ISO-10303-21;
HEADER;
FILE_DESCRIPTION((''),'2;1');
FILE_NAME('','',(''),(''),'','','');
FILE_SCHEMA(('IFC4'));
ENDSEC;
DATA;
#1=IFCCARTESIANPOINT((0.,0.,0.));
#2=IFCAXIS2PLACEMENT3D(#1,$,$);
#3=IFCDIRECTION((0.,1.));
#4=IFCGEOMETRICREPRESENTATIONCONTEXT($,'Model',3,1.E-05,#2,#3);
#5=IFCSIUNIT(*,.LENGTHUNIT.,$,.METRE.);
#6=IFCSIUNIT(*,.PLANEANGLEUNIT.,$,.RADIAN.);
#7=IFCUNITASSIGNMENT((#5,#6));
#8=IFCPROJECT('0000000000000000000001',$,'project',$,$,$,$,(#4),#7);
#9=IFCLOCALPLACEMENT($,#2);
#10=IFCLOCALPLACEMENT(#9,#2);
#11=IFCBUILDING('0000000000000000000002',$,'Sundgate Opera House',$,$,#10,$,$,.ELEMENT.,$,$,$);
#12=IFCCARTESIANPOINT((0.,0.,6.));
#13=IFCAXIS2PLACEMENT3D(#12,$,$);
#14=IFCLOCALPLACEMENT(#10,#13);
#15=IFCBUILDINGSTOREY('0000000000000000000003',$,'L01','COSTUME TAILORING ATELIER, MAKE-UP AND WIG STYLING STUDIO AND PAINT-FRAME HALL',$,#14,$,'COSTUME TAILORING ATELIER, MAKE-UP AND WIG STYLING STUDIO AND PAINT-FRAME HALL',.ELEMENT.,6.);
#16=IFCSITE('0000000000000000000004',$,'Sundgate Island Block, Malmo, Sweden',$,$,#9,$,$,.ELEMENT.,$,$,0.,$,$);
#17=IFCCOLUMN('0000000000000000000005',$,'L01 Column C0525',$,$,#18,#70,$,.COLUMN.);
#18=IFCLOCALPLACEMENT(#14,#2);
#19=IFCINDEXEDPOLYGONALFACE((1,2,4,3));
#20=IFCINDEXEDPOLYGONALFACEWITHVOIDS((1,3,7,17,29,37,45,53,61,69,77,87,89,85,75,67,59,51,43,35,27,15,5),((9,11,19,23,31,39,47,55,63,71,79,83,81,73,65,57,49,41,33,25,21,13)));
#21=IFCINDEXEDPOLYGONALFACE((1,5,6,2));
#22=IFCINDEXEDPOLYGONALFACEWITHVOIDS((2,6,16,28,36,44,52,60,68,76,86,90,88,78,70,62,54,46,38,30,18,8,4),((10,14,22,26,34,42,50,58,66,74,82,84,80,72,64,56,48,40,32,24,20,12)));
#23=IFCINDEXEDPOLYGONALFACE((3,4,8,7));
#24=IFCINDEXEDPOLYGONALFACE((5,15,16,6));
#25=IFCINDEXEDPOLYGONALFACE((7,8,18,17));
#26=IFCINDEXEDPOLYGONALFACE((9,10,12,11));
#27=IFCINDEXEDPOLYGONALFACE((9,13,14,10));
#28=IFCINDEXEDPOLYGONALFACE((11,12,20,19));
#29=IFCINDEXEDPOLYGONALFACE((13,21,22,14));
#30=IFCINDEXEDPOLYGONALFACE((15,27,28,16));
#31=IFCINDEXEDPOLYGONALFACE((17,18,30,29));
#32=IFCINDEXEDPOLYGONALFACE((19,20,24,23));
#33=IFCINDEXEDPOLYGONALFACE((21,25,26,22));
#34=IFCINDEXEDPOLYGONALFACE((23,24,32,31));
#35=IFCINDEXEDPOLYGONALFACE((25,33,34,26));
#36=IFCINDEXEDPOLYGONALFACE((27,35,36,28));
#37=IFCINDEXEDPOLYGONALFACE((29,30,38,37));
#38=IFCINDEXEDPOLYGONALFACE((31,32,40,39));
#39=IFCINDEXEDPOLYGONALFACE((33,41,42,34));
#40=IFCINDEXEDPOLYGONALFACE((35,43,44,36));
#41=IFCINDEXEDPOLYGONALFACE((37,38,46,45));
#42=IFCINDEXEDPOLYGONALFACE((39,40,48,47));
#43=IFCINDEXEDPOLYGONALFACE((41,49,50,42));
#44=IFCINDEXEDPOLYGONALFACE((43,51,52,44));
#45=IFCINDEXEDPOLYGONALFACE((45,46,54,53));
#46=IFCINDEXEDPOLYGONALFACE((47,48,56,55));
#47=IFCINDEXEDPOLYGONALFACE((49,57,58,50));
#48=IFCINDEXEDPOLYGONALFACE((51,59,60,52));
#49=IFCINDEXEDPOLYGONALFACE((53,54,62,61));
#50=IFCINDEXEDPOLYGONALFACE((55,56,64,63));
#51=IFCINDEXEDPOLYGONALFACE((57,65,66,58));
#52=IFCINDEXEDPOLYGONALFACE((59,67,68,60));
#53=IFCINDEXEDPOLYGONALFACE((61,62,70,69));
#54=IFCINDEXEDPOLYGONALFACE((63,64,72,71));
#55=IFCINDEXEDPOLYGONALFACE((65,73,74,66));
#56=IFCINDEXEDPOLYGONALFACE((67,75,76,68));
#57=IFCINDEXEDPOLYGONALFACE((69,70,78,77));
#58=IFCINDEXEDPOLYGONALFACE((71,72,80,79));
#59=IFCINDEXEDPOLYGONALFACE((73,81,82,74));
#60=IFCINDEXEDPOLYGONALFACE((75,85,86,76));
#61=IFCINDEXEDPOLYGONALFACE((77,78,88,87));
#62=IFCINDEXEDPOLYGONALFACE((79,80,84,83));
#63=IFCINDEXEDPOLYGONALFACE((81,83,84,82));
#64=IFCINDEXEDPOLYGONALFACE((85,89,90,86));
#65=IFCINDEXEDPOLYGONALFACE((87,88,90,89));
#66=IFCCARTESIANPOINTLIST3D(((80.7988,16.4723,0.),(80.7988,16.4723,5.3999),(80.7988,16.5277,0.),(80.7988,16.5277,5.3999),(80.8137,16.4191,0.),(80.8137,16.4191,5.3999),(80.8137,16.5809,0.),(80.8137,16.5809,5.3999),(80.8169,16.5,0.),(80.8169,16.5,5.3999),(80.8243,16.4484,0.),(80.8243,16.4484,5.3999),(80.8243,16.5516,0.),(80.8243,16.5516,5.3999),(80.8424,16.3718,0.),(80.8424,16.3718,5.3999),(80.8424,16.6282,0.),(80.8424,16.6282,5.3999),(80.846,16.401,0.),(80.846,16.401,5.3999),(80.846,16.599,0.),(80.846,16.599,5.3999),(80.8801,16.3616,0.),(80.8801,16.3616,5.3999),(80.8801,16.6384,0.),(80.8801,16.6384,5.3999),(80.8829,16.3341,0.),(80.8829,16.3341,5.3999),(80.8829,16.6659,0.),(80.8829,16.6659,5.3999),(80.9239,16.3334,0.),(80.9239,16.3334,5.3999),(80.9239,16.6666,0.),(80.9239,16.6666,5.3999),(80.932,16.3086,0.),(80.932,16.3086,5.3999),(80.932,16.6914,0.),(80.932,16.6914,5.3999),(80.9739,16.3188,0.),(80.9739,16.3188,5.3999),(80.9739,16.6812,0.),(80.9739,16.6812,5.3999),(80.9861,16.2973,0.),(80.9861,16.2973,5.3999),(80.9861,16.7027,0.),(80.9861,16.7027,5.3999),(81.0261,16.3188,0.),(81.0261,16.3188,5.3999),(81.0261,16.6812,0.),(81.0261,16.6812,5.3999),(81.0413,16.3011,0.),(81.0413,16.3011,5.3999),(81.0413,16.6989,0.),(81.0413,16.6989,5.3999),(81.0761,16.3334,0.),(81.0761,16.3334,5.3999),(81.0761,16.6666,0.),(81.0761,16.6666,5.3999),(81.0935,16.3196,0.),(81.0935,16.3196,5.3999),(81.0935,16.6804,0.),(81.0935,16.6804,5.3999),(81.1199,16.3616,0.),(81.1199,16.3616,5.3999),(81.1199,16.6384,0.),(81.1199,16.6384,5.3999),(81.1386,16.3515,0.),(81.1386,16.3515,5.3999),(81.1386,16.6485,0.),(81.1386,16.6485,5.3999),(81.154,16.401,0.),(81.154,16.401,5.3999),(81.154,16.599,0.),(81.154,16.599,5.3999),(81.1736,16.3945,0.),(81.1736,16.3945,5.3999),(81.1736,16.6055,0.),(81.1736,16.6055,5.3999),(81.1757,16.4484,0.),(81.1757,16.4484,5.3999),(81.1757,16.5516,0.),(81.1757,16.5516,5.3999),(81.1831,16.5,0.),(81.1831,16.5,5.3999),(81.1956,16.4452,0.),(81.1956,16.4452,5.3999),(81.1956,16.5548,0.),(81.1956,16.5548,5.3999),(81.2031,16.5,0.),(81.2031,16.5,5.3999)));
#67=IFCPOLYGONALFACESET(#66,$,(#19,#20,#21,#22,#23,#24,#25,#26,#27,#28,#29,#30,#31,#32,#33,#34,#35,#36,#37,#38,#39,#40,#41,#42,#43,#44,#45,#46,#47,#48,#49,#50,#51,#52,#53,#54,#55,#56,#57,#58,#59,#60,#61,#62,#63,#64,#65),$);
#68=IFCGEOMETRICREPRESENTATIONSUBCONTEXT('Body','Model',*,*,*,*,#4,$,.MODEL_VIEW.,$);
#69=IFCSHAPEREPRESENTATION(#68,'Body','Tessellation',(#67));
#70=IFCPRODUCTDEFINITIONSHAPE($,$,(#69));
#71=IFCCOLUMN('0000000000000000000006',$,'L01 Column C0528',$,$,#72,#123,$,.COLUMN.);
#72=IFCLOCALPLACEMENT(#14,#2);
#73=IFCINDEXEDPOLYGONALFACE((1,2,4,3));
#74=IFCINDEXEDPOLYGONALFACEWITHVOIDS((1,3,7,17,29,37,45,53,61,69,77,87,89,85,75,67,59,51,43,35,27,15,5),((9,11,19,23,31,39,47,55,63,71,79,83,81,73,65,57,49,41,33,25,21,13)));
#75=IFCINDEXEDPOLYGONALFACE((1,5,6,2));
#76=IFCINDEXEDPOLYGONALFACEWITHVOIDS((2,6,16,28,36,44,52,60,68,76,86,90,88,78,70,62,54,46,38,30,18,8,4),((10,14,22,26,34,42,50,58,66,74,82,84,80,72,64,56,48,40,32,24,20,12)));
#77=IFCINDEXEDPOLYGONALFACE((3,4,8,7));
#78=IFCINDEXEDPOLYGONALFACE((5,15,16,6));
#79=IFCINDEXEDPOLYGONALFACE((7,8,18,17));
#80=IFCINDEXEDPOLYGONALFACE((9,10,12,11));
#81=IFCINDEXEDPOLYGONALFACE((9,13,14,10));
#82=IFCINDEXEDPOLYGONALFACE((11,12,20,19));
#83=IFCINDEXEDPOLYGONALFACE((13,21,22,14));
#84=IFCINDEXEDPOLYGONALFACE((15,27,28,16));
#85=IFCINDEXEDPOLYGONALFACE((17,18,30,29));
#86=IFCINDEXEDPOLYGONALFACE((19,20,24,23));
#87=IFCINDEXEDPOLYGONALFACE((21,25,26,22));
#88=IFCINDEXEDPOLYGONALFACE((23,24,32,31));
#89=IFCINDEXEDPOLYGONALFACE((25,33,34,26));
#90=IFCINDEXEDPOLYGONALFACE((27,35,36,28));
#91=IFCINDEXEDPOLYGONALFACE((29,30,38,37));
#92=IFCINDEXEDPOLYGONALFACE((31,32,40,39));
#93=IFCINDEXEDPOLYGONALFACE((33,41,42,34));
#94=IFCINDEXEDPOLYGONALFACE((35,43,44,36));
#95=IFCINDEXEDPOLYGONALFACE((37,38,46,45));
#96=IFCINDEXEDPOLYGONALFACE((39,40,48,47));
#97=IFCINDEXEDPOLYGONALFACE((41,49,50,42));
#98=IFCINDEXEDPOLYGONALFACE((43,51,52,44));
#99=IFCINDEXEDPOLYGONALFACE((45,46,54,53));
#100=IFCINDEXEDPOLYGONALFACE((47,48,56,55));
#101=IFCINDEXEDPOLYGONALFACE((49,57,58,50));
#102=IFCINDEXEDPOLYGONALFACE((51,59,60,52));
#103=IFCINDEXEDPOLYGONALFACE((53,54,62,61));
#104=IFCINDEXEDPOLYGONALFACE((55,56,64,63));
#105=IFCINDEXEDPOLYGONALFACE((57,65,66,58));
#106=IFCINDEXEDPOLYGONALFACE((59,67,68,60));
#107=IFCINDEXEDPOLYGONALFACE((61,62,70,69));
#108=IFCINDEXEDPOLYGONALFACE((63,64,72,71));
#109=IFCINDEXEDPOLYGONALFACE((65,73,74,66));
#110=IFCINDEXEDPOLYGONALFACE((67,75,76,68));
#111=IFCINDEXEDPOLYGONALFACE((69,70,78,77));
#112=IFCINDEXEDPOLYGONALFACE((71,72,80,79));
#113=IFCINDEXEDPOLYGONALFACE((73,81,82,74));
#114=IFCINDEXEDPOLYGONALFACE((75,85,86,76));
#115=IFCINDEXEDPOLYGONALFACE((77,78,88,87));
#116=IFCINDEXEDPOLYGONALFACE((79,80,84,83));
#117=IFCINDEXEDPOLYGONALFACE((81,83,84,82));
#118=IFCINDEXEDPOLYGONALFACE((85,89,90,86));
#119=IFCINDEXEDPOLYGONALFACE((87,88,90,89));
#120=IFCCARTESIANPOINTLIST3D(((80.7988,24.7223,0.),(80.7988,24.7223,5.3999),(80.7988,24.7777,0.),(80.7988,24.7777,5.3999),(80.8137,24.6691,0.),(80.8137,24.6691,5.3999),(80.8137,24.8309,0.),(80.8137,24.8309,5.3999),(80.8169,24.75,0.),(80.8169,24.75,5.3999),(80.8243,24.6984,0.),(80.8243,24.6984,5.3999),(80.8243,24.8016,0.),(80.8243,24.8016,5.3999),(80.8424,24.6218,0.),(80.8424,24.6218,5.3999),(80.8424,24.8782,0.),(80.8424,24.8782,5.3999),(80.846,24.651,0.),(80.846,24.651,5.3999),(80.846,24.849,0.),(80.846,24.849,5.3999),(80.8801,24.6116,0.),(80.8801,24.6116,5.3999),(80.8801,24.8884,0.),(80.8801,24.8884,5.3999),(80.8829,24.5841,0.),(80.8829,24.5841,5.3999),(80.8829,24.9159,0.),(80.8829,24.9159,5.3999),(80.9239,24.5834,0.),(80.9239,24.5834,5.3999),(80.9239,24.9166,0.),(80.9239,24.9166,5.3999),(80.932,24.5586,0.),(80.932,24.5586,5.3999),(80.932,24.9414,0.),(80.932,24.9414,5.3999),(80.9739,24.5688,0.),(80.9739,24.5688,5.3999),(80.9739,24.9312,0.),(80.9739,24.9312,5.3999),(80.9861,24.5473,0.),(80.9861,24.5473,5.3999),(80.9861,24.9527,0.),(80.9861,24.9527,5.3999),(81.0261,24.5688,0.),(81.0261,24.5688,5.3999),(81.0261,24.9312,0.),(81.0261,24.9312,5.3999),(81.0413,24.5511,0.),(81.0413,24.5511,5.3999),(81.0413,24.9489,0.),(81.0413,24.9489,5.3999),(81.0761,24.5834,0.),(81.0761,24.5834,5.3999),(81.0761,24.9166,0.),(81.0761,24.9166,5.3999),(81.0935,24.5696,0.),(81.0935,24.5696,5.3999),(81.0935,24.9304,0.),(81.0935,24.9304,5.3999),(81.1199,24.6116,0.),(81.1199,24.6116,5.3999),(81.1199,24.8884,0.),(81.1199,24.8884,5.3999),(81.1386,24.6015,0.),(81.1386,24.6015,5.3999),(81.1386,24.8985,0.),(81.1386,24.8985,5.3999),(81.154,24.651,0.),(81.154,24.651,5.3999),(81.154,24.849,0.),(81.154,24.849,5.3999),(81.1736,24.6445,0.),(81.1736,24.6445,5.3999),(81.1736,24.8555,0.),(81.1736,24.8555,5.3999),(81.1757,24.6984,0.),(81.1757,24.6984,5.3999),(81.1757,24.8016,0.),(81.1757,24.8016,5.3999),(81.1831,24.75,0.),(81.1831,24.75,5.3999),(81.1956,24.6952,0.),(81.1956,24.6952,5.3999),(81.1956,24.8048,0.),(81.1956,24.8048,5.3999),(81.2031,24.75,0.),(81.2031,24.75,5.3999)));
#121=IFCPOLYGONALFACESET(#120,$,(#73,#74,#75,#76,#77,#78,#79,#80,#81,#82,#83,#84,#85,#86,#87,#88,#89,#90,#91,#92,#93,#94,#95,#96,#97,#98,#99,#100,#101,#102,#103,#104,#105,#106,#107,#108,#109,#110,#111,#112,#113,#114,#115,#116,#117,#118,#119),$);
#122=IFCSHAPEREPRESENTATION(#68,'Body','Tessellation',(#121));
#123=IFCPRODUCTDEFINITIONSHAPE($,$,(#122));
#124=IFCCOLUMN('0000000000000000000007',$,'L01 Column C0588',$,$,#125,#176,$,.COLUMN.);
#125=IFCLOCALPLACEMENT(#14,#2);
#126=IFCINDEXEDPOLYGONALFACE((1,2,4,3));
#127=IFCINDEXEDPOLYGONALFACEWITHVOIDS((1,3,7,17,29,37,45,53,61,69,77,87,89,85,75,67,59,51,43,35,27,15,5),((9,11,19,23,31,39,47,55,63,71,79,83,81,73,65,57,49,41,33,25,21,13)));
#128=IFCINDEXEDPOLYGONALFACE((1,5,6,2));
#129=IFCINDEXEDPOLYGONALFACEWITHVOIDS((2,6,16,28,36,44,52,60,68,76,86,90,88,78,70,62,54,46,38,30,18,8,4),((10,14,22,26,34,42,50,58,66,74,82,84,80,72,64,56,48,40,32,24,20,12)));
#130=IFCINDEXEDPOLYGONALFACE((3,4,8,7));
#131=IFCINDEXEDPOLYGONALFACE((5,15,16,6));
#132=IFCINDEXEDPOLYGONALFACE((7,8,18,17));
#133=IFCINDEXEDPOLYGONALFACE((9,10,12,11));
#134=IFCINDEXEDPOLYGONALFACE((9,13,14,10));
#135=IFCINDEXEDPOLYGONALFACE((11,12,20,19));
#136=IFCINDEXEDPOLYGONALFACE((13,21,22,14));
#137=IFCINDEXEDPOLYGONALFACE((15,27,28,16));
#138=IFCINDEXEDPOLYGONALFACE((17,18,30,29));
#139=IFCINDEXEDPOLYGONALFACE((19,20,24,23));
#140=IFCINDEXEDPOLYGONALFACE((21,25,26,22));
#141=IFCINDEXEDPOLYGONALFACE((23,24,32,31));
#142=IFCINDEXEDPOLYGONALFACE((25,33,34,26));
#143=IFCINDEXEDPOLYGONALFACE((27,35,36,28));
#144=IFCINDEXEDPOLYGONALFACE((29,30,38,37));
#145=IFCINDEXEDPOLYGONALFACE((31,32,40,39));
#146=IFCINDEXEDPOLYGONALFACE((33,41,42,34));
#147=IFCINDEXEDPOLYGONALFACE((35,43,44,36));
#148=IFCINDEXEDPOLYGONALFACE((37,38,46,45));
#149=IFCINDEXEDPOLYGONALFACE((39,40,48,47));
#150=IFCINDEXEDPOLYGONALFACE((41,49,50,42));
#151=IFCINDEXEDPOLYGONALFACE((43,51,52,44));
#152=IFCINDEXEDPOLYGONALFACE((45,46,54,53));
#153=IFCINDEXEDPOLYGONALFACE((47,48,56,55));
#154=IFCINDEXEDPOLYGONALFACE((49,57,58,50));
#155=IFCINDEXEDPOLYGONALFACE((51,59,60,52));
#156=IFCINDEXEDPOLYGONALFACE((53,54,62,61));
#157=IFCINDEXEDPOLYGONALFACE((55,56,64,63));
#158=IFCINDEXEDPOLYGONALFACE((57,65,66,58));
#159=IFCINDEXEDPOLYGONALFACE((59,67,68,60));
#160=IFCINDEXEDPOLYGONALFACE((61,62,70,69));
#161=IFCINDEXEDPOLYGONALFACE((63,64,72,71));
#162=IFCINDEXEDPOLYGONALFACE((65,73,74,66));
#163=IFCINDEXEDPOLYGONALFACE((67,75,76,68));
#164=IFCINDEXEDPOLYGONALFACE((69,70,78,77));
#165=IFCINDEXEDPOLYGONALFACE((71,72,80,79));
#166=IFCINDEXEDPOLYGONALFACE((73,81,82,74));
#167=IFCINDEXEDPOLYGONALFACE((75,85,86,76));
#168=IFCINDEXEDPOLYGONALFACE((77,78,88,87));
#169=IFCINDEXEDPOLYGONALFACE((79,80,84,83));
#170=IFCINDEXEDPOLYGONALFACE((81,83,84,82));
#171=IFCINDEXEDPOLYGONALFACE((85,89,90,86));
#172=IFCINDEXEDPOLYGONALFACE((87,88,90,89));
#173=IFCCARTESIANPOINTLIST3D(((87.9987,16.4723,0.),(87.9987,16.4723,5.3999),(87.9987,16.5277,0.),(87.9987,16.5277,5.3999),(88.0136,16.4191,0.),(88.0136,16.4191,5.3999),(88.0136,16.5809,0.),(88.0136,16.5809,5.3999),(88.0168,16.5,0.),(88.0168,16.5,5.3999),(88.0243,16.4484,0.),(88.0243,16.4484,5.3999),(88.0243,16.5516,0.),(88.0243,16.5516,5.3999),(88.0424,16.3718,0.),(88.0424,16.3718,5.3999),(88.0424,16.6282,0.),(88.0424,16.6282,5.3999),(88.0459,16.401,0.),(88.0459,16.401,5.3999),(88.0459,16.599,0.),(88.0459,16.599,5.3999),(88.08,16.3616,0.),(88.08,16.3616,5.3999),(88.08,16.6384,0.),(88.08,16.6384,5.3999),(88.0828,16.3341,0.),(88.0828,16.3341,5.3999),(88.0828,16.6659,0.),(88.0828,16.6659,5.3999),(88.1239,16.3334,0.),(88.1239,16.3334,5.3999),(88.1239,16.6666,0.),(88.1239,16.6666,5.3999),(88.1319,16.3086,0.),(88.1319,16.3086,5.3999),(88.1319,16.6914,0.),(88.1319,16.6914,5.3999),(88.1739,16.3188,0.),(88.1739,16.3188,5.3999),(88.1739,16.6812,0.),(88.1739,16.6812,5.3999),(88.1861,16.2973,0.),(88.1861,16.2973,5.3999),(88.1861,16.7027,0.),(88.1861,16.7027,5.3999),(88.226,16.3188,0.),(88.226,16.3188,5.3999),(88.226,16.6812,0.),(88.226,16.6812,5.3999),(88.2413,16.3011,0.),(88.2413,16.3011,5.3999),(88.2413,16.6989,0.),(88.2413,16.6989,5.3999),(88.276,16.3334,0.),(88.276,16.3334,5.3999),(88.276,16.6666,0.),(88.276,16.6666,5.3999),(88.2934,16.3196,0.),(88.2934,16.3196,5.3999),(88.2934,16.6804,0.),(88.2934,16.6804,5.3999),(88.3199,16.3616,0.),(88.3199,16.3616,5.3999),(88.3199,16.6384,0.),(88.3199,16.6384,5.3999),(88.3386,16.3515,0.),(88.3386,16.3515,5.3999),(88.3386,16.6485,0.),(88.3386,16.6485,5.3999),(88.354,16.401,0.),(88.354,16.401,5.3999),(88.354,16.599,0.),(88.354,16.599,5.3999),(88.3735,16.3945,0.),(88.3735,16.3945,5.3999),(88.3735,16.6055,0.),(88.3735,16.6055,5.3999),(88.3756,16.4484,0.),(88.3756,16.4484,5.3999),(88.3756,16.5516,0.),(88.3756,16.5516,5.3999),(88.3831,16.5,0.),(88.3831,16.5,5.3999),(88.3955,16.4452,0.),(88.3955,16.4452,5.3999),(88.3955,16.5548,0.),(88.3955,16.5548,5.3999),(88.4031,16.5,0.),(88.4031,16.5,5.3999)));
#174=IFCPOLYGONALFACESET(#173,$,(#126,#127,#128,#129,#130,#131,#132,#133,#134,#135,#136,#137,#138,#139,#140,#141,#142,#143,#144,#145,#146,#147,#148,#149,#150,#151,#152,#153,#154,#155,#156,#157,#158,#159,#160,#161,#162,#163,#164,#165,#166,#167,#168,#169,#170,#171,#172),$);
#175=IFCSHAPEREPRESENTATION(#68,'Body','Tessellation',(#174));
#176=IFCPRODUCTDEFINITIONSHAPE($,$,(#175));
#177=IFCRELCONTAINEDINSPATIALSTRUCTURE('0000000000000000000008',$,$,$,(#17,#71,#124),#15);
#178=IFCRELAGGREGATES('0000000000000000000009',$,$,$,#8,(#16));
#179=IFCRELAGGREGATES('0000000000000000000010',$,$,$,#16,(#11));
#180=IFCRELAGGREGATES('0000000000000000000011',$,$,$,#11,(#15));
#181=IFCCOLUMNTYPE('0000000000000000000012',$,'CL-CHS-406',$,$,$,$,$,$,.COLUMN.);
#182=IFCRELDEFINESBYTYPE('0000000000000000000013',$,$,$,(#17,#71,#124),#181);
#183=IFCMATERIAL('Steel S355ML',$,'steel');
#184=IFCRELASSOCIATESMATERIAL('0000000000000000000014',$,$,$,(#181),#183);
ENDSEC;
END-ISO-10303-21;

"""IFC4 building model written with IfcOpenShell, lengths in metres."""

from ifc_helpers import new_model, si_unit, direction, frame, origin, origin_2d, place, context, subcontext, project, spatial, hollow_circle, extrude, material, material_profile, profile_set, type_object, element, save


model = new_model("IFC4")

# Units and contexts
model_context = context("Model", 3, precision=1e-05, world=origin(), true_north=direction((0.0, 1.0)))
body_context = subcontext(model_context, "Body", "Model", "MODEL_VIEW")
ifc_project = project(units=[si_unit("LENGTHUNIT", "METRE"), si_unit("PLANEANGLEUNIT", "RADIAN")], contexts=[model_context])

# Site, building, storey
site_placement = place(None, origin())
site = spatial("IfcSite", under=ifc_project, at=site_placement, Name="Sundgate Island Block, Malmo, Sweden", CompositionType="ELEMENT", RefElevation=0.0)
building_placement = place(site_placement, origin())
building = spatial("IfcBuilding", under=site, at=building_placement, Name="Sundgate Opera House", CompositionType="ELEMENT")
storey_placement = place(building_placement, frame((0.0, 0.0, 6.0)))
storey = spatial("IfcBuildingStorey", under=building, at=storey_placement, Name="L01", Description="COSTUME TAILORING ATELIER, MAKE-UP AND WIG STYLING STUDIO AND PAINT-FRAME HALL", LongName="COSTUME TAILORING ATELIER, MAKE-UP AND WIG STYLING STUDIO AND PAINT-FRAME HALL", CompositionType="ELEMENT", Elevation=6.0)

# Columns
ifc_material_1 = material(Name="Steel S355ML", Category="steel")
ifc_material_profile_1 = material_profile(ifc_material_1, hollow_circle(Radius=0.2031, WallThickness=0.02, at=origin_2d()), Name="CHS 406.4x20.0")
ifc_profile_set_1 = profile_set([ifc_material_profile_1], Name="Steel S355ML")
column_type = type_object("IfcColumnType", Name="CL-CHS-406", PredefinedType="COLUMN", material=ifc_profile_set_1)
for number, where, z_axis, x_axis, name in (
    (1, (81.0, 16.5, 0.0), (0.0, 0.0, 1.0), (1.0, 0.0, 0.0), "L01 Column C0525"),
    (2, (81.0, 24.75, 0.0), (0.0, 0.0, 1.0), (1.0, 0.0, 0.0), "L01 Column C0528"),
    (3, (88.2, 16.5, 0.0), (0.0, 0.0, 1.0), (1.0, 0.0, 0.0), "L01 Column C0588"),
):
    element("IfcColumn", number, at=place(storey_placement, frame(where, z_axis=z_axis, x_axis=x_axis)), inside=storey, type_object=column_type, Name=name, PredefinedType="COLUMN", context=body_context, shape_type="SweptSolid", body=[
        extrude(hollow_circle(Radius=0.2031, WallThickness=0.02, at=origin_2d()), origin(), (0.0, 0.0, 1.0), 5.3999),
    ])

save(model, "model.ifc")
